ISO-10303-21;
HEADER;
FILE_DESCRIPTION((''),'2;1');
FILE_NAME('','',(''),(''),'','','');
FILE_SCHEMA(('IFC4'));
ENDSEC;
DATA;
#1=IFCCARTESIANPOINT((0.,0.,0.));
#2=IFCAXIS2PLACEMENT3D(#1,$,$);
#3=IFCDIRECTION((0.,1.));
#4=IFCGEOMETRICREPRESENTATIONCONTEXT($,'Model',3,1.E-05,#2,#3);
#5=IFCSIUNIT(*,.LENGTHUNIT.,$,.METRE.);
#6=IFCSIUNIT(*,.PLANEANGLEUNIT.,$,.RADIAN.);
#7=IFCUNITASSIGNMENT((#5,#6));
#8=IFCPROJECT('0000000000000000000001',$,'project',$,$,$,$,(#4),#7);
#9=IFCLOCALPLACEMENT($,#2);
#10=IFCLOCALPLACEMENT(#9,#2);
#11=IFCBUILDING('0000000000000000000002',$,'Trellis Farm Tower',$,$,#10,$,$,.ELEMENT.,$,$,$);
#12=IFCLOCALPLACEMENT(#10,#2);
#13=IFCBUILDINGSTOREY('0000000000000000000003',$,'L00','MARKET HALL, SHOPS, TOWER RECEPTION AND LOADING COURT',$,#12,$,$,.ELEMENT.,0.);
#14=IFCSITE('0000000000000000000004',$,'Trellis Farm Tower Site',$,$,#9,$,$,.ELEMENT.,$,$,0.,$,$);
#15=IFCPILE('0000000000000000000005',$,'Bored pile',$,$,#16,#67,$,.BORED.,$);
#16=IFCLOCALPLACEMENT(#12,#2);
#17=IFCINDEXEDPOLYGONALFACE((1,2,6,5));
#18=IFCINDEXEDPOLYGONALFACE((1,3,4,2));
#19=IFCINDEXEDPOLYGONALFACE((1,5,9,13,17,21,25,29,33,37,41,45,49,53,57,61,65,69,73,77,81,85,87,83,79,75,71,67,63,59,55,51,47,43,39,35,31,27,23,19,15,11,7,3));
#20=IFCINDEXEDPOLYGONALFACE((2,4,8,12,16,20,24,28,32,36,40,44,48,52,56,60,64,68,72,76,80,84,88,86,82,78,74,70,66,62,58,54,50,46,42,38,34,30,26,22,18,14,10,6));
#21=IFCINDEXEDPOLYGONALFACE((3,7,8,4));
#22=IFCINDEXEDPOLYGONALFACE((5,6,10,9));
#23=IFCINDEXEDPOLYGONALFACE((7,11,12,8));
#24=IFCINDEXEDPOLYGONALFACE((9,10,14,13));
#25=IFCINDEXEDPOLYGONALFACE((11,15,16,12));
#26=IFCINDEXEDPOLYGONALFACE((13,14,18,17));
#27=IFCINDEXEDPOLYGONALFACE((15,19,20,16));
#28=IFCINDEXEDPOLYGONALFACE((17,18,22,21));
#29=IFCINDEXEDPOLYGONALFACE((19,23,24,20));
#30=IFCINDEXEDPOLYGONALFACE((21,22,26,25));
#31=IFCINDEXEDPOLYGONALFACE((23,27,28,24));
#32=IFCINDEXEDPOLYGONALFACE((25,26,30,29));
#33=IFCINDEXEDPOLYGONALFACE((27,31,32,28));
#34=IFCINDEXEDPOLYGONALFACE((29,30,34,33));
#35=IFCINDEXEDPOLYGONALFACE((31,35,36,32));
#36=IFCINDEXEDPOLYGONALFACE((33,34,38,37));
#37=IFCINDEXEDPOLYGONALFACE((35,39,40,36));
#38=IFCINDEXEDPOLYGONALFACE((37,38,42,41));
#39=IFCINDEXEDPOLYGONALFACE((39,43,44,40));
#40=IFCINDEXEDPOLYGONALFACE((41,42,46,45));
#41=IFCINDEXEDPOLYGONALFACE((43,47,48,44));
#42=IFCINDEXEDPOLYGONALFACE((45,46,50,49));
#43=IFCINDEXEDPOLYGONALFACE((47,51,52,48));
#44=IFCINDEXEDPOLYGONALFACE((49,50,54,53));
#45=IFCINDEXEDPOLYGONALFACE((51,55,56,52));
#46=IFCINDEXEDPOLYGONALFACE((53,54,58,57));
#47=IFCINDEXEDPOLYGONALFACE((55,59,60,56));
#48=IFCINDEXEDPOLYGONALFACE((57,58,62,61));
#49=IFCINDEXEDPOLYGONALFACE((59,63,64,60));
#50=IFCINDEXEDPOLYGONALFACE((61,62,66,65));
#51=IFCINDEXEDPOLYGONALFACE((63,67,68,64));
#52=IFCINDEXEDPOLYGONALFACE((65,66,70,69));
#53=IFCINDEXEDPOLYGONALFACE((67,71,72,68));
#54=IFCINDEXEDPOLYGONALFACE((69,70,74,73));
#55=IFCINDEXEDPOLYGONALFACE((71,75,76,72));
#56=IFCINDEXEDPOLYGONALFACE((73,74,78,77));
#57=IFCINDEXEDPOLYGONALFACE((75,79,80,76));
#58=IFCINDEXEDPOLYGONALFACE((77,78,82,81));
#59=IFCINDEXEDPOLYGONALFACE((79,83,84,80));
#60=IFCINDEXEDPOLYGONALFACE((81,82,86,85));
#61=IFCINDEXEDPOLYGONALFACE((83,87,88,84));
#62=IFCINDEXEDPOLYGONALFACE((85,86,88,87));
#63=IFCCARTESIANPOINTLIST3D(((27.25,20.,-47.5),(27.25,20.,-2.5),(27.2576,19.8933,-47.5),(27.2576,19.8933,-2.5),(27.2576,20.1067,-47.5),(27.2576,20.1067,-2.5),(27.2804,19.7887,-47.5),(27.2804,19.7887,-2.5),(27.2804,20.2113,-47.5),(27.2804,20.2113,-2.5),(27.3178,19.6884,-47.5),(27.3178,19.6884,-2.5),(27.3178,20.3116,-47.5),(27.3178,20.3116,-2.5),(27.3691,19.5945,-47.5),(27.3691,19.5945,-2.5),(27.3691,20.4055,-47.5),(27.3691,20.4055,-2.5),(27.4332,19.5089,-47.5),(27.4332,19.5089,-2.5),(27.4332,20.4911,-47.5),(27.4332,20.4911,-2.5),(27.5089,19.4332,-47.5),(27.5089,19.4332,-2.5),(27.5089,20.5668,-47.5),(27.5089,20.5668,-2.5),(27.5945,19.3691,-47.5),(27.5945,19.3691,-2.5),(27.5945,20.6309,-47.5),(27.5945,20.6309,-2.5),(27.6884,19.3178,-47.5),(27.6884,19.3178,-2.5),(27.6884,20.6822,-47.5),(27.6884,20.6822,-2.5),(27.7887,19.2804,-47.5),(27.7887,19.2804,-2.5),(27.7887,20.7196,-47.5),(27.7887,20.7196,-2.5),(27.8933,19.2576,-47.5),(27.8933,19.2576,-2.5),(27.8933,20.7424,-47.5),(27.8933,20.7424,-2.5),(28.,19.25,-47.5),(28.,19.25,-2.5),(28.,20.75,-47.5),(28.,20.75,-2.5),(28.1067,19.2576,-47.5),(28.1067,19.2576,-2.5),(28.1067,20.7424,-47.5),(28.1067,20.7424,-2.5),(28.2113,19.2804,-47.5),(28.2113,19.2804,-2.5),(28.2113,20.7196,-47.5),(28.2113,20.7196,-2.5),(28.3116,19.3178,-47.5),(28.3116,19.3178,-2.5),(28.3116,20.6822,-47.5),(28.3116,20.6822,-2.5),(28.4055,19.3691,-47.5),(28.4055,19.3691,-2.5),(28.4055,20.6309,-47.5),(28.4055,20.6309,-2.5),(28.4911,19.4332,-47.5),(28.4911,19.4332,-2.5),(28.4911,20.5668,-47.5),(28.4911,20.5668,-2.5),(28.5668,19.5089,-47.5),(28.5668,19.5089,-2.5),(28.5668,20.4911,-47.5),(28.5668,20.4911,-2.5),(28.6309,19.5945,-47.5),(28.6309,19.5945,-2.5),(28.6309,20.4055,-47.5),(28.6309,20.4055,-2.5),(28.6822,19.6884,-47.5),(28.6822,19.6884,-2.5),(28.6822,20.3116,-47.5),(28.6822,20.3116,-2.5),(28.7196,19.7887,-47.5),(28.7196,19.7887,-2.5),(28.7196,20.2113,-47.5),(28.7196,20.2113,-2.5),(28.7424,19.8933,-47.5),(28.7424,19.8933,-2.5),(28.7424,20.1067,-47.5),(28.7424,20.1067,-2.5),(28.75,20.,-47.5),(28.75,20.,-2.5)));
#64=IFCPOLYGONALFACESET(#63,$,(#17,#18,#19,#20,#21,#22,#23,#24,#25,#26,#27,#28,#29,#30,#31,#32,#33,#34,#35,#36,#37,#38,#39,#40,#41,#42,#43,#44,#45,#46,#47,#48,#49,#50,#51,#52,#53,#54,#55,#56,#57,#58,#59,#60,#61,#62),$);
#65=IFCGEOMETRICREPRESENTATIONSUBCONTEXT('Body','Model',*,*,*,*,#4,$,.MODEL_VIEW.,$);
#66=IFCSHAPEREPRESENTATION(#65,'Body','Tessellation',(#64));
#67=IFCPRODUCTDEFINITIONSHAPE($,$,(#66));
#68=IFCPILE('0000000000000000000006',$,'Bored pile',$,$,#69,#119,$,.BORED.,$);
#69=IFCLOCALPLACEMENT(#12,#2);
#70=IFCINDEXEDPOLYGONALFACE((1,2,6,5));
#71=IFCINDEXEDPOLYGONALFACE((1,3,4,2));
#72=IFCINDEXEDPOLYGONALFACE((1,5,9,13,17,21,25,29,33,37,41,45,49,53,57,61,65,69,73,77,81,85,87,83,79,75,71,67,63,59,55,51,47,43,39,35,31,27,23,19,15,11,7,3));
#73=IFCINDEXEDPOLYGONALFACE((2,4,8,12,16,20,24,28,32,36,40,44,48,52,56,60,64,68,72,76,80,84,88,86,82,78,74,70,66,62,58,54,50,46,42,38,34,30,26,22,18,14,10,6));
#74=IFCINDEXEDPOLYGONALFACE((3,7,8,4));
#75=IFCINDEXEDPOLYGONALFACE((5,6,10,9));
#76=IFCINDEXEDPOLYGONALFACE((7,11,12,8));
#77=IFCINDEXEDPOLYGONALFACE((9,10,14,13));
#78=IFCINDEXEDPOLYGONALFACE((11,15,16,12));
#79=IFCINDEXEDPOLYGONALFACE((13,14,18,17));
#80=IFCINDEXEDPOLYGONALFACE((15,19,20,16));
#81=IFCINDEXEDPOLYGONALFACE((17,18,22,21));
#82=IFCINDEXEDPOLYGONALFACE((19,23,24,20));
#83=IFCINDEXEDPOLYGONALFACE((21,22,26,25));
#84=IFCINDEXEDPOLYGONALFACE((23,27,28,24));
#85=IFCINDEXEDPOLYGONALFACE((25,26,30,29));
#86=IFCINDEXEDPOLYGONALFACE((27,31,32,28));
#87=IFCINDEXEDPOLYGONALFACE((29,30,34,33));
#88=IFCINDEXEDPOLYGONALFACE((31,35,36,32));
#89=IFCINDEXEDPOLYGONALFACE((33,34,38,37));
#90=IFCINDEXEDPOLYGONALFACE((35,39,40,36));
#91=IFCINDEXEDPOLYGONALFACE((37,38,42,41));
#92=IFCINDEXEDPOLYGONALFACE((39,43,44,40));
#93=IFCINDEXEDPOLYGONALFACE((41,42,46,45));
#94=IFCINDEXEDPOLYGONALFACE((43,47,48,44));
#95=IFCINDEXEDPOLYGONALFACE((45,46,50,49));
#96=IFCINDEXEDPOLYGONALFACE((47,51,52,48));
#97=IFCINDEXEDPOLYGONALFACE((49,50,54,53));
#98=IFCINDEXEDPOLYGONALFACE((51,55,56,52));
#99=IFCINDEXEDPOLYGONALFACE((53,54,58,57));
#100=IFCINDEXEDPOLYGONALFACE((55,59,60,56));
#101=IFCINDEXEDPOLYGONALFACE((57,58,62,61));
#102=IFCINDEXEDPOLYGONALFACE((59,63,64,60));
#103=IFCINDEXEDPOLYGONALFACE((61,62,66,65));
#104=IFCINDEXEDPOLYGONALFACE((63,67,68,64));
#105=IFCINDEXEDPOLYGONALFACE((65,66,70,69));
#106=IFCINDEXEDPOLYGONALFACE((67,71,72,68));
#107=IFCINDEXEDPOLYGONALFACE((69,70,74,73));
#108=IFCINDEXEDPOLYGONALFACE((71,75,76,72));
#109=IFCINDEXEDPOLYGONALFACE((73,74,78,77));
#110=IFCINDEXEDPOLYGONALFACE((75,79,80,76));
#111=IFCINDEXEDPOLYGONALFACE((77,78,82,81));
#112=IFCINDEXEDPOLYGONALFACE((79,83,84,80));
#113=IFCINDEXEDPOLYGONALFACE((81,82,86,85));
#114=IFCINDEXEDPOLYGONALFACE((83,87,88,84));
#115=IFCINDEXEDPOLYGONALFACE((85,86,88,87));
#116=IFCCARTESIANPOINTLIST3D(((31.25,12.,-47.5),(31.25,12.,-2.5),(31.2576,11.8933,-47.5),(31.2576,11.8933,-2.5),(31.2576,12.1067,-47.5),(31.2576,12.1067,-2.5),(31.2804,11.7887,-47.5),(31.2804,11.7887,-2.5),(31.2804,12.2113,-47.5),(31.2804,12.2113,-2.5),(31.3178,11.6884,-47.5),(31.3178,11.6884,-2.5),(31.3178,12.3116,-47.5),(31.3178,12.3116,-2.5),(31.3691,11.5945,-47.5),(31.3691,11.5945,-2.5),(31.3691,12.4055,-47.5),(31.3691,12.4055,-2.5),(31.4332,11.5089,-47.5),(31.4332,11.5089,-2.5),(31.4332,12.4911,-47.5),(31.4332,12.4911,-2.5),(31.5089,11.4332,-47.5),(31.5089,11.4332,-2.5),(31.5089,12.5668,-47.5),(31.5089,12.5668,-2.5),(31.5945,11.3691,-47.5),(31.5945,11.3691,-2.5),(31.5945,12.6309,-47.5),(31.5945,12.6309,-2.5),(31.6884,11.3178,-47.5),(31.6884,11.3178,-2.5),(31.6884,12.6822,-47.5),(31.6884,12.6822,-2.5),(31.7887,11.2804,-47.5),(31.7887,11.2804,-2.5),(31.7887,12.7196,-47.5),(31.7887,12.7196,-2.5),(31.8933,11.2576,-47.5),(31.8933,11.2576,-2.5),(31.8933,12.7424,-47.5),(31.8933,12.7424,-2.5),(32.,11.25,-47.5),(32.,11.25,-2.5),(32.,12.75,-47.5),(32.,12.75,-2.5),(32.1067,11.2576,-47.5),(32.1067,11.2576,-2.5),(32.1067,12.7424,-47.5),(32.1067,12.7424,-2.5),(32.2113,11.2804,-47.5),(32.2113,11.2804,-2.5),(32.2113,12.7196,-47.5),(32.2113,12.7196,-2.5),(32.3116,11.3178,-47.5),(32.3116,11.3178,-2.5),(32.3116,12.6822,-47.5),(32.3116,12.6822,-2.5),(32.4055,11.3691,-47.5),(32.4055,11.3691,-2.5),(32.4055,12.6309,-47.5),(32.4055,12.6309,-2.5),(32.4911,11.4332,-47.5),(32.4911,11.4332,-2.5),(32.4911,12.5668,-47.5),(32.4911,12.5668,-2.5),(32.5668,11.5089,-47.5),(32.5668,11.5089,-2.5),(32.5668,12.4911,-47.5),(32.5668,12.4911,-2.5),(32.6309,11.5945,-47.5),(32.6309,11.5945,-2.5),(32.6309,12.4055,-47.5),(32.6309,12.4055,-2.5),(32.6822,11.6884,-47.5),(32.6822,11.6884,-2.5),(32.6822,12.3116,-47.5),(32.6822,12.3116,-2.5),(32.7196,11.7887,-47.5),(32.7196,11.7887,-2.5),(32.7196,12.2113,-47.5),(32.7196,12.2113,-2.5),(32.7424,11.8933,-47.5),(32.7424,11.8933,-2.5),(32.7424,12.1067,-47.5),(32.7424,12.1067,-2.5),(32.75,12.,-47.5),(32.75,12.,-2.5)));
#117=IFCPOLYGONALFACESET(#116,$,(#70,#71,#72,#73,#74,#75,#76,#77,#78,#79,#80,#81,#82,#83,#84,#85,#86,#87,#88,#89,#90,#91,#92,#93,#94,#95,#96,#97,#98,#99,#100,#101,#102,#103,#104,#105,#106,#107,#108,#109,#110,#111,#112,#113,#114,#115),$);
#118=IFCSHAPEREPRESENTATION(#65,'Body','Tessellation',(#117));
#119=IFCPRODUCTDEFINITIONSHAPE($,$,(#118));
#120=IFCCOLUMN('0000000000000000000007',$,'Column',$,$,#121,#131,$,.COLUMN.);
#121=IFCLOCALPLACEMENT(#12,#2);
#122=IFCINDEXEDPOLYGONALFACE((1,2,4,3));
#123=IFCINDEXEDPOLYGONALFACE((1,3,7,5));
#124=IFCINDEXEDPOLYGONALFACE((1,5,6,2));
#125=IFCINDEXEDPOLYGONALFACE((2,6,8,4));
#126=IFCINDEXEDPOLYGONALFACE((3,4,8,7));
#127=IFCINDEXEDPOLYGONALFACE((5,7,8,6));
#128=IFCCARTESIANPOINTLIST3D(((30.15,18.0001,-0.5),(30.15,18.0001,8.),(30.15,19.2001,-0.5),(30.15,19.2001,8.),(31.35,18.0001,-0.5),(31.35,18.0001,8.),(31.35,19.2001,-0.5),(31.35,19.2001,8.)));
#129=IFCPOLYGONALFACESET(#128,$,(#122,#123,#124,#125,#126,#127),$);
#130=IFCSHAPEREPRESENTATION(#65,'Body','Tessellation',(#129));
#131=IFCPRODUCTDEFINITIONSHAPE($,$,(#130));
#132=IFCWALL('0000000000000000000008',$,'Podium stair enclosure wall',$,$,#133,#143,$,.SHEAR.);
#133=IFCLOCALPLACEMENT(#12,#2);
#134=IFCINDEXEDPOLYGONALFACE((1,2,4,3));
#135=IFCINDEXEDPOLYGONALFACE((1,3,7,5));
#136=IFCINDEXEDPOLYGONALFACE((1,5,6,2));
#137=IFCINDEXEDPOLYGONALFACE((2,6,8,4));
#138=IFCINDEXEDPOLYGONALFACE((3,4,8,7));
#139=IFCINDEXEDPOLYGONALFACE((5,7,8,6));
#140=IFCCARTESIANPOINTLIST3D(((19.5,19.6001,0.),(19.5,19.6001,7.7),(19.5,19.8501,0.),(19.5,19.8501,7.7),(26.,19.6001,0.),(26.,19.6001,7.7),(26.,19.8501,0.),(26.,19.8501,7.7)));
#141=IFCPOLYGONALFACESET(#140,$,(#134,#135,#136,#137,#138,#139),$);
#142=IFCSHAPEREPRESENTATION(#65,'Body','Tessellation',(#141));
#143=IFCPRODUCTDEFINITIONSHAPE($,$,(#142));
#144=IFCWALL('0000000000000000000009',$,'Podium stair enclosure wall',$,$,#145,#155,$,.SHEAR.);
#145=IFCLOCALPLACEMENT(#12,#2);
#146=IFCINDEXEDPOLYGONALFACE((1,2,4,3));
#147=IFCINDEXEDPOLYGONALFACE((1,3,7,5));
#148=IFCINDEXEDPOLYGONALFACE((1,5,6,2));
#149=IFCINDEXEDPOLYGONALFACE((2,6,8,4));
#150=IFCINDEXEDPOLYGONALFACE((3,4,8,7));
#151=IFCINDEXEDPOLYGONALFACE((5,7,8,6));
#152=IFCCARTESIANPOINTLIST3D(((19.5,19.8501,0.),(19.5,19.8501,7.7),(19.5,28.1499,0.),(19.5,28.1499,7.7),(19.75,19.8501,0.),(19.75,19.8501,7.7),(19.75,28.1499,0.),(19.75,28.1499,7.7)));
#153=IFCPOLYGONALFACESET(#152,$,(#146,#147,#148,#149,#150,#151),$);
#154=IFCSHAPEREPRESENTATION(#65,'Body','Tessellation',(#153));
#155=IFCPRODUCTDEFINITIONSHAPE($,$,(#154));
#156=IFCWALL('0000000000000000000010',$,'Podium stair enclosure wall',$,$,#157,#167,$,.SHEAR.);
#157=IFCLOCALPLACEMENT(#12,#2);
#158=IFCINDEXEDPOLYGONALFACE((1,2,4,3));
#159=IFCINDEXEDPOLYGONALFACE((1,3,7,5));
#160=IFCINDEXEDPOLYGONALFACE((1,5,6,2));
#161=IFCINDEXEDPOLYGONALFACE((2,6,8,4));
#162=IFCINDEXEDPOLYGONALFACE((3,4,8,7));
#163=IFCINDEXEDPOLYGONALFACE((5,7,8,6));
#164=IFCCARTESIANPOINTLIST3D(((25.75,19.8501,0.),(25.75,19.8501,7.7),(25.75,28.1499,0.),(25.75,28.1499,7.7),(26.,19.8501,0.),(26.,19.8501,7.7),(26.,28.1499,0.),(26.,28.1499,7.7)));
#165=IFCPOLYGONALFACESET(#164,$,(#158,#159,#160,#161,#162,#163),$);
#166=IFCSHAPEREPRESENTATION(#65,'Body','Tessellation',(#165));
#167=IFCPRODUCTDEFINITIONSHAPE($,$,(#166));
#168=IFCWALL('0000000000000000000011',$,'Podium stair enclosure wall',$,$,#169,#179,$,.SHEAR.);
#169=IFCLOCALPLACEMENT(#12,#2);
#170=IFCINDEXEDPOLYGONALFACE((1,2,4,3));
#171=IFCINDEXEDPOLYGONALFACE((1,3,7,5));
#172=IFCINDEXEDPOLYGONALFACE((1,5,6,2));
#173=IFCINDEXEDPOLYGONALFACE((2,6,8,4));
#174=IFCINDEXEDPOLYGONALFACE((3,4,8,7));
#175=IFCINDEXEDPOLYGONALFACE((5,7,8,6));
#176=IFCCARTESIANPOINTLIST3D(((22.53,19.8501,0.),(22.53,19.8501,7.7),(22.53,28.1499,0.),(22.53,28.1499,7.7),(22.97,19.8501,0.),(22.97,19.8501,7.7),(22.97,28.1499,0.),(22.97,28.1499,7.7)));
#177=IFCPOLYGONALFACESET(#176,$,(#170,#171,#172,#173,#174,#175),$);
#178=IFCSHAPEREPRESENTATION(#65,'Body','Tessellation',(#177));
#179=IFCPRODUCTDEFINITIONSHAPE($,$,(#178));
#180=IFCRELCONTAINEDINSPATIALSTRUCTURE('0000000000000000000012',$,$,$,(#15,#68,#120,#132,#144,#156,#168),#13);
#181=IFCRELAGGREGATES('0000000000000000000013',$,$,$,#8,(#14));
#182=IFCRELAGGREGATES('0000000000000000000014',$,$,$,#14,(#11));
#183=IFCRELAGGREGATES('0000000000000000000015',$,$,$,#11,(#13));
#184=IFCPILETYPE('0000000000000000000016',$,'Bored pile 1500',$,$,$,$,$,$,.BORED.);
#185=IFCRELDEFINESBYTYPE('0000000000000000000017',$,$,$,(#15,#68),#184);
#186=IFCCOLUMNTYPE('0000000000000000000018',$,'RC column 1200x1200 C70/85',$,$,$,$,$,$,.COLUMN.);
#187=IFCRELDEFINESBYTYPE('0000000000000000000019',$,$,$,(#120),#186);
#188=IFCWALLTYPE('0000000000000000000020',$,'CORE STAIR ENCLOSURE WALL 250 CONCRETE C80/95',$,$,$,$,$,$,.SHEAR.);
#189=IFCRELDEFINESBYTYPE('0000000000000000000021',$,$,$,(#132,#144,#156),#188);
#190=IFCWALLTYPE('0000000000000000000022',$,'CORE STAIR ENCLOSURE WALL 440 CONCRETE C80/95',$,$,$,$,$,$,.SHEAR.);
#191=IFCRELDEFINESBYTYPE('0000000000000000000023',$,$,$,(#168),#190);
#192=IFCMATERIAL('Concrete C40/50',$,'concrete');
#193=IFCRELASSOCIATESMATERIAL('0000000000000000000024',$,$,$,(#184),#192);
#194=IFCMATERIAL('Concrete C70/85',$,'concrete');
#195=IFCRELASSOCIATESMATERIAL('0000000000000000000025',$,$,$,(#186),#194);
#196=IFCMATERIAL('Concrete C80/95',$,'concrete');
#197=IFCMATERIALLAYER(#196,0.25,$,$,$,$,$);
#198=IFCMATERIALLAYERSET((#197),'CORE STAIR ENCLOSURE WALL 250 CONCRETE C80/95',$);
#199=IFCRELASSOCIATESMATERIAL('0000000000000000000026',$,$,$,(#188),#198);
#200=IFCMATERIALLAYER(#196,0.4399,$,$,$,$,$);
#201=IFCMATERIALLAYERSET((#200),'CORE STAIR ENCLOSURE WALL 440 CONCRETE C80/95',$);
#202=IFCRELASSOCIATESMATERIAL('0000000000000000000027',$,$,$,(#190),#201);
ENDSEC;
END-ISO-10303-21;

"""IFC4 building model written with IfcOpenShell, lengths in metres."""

from ifc_helpers import new_model, si_unit, direction, frame, frame_2d, origin, origin_2d, place, context, subcontext, project, spatial, rectangle, circle, extrude, source, transform, mapped, material, layer, layer_set, material_profile, profile_set, type_object, element, save


model = new_model("IFC4")

# Units and contexts
model_context = context("Model", 3, precision=1e-05, world=origin(), true_north=direction((0.0, 1.0)))
body_context = subcontext(model_context, "Body", "Model", "MODEL_VIEW")
ifc_project = project(units=[si_unit("LENGTHUNIT", "METRE"), si_unit("PLANEANGLEUNIT", "RADIAN")], contexts=[model_context])

# Site, building, storey
site_placement = place(None, origin())
site = spatial("IfcSite", under=ifc_project, at=site_placement, Name="Trellis Farm Tower Site", CompositionType="ELEMENT", RefElevation=0.0)
building_placement = place(site_placement, origin())
building = spatial("IfcBuilding", under=site, at=building_placement, Name="Trellis Farm Tower", CompositionType="ELEMENT")
storey_placement = place(building_placement, origin())
storey = spatial("IfcBuildingStorey", under=building, at=storey_placement, Name="L00", Description="MARKET HALL, SHOPS, TOWER RECEPTION AND LOADING COURT", CompositionType="ELEMENT", Elevation=0.0)

# Piles
ifc_material_1 = material(Name="Concrete C40/50", Category="concrete")
ifc_material_profile_1 = material_profile(ifc_material_1, circle(Radius=0.75, at=origin_2d()), Name="Bored pile 1500")
ifc_profile_set_1 = profile_set([ifc_material_profile_1], Name="Concrete C40/50")
pile_type = type_object("IfcPileType", Name="Bored pile 1500", PredefinedType="BORED", material=ifc_profile_set_1)
shared_shape_1 = source(origin(), body_context, "Body", "SweptSolid", [
    extrude(circle(Radius=0.75, at=origin_2d()), origin(), (0.0, 0.0, 1.0), 45.0),
])
for number, where, z_axis, x_axis, name in (
    (1, (28.0, 20.0, -2.5), (0.0, 0.0, -1.0), (1.0, 0.0, 0.0), "Bored pile"),
    (2, (32.0, 12.0, -2.5), (0.0, 0.0, -1.0), (1.0, 0.0, 0.0), "Bored pile"),
):
    element("IfcPile", number, at=place(storey_placement, frame(where, z_axis=z_axis, x_axis=x_axis)), inside=storey, type_object=pile_type, Name=name, PredefinedType="BORED", context=body_context, shape_type="MappedRepresentation", body=[
        mapped(shared_shape_1, transform((0.0, 0.0, 0.0))),
    ])

# Column
ifc_material_2 = material(Name="Concrete C70/85", Category="concrete")
ifc_material_profile_2 = material_profile(ifc_material_2, rectangle(XDim=1.2, YDim=1.2, at=origin_2d()), Name="RC column 1200x1200 C70/85")
ifc_profile_set_2 = profile_set([ifc_material_profile_2], Name="Concrete C70/85")
column_type = type_object("IfcColumnType", Name="RC column 1200x1200 C70/85", PredefinedType="COLUMN", material=ifc_profile_set_2)
shared_shape_2 = source(origin(), body_context, "Body", "SweptSolid", [
    extrude(rectangle(XDim=1.2, YDim=1.2, at=origin_2d()), origin(), (0.0, 0.0, 1.0), 8.5),
])
column_placement = place(storey_placement, frame((30.75, 18.6001, -0.5), z_axis=(0.0, 0.0, 1.0), x_axis=(1.0, 0.0, 0.0)))
element("IfcColumn", 3, at=column_placement, inside=storey, type_object=column_type, Name="Column", PredefinedType="COLUMN", context=body_context, shape_type="MappedRepresentation", body=[
    mapped(shared_shape_2, transform((0.0, 0.0, 0.0))),
])

# Walls
ifc_material_3 = material(Name="Concrete C80/95", Category="concrete")
ifc_layer_1 = layer(ifc_material_3, 0.25)
ifc_layer_set_1 = layer_set([ifc_layer_1], Name="CORE STAIR ENCLOSURE WALL 250 CONCRETE C80/95")
wall_type_1 = type_object("IfcWallType", Name="CORE STAIR ENCLOSURE WALL 250 CONCRETE C80/95", PredefinedType="SHEAR", material=ifc_layer_set_1)
shared_shape_3 = source(origin(), body_context, "Body", "SweptSolid", [
    extrude(rectangle(XDim=6.5, YDim=0.25, at=frame_2d((3.25, 0.0))), origin(), (0.0, 0.0, 1.0), 7.7),
])
wall_1_placement = place(storey_placement, frame((19.5, 19.7251, 0.0), z_axis=(0.0, 0.0, 1.0), x_axis=(1.0, 0.0, 0.0)))
element("IfcWall", 4, at=wall_1_placement, inside=storey, type_object=wall_type_1, Name="Podium stair enclosure wall", PredefinedType="SHEAR", context=body_context, shape_type="MappedRepresentation", body=[
    mapped(shared_shape_3, transform((0.0, 0.0, 0.0))),
])
shared_shape_4 = source(origin(), body_context, "Body", "SweptSolid", [
    extrude(rectangle(XDim=8.2998, YDim=0.25, at=frame_2d((4.1499, 0.0))), origin(), (0.0, 0.0, 1.0), 7.7),
])
for number, where, z_axis, x_axis, name in (
    (5, (19.625, 19.8501, 0.0), (0.0, 0.0, 1.0), (0.0, 1.0, 0.0), "Podium stair enclosure wall"),
    (6, (25.875, 19.8501, 0.0), (0.0, 0.0, 1.0), (0.0, 1.0, 0.0), "Podium stair enclosure wall"),
):
    element("IfcWall", number, at=place(storey_placement, frame(where, z_axis=z_axis, x_axis=x_axis)), inside=storey, type_object=wall_type_1, Name=name, PredefinedType="SHEAR", context=body_context, shape_type="MappedRepresentation", body=[
        mapped(shared_shape_4, transform((0.0, 0.0, 0.0))),
    ])
ifc_layer_2 = layer(ifc_material_3, 0.4399)
ifc_layer_set_2 = layer_set([ifc_layer_2], Name="CORE STAIR ENCLOSURE WALL 440 CONCRETE C80/95")
wall_type_2 = type_object("IfcWallType", Name="CORE STAIR ENCLOSURE WALL 440 CONCRETE C80/95", PredefinedType="SHEAR", material=ifc_layer_set_2)
shared_shape_5 = source(origin(), body_context, "Body", "SweptSolid", [
    extrude(rectangle(XDim=8.2998, YDim=0.4399, at=frame_2d((4.1499, 0.0))), origin(), (0.0, 0.0, 1.0), 7.7),
])
wall_2_placement = place(storey_placement, frame((22.75, 19.8501, 0.0), z_axis=(0.0, 0.0, 1.0), x_axis=(0.0, 1.0, 0.0)))
element("IfcWall", 7, at=wall_2_placement, inside=storey, type_object=wall_type_2, Name="Podium stair enclosure wall", PredefinedType="SHEAR", context=body_context, shape_type="MappedRepresentation", body=[
    mapped(shared_shape_5, transform((0.0, 0.0, 0.0))),
])

save(model, "model.ifc")
